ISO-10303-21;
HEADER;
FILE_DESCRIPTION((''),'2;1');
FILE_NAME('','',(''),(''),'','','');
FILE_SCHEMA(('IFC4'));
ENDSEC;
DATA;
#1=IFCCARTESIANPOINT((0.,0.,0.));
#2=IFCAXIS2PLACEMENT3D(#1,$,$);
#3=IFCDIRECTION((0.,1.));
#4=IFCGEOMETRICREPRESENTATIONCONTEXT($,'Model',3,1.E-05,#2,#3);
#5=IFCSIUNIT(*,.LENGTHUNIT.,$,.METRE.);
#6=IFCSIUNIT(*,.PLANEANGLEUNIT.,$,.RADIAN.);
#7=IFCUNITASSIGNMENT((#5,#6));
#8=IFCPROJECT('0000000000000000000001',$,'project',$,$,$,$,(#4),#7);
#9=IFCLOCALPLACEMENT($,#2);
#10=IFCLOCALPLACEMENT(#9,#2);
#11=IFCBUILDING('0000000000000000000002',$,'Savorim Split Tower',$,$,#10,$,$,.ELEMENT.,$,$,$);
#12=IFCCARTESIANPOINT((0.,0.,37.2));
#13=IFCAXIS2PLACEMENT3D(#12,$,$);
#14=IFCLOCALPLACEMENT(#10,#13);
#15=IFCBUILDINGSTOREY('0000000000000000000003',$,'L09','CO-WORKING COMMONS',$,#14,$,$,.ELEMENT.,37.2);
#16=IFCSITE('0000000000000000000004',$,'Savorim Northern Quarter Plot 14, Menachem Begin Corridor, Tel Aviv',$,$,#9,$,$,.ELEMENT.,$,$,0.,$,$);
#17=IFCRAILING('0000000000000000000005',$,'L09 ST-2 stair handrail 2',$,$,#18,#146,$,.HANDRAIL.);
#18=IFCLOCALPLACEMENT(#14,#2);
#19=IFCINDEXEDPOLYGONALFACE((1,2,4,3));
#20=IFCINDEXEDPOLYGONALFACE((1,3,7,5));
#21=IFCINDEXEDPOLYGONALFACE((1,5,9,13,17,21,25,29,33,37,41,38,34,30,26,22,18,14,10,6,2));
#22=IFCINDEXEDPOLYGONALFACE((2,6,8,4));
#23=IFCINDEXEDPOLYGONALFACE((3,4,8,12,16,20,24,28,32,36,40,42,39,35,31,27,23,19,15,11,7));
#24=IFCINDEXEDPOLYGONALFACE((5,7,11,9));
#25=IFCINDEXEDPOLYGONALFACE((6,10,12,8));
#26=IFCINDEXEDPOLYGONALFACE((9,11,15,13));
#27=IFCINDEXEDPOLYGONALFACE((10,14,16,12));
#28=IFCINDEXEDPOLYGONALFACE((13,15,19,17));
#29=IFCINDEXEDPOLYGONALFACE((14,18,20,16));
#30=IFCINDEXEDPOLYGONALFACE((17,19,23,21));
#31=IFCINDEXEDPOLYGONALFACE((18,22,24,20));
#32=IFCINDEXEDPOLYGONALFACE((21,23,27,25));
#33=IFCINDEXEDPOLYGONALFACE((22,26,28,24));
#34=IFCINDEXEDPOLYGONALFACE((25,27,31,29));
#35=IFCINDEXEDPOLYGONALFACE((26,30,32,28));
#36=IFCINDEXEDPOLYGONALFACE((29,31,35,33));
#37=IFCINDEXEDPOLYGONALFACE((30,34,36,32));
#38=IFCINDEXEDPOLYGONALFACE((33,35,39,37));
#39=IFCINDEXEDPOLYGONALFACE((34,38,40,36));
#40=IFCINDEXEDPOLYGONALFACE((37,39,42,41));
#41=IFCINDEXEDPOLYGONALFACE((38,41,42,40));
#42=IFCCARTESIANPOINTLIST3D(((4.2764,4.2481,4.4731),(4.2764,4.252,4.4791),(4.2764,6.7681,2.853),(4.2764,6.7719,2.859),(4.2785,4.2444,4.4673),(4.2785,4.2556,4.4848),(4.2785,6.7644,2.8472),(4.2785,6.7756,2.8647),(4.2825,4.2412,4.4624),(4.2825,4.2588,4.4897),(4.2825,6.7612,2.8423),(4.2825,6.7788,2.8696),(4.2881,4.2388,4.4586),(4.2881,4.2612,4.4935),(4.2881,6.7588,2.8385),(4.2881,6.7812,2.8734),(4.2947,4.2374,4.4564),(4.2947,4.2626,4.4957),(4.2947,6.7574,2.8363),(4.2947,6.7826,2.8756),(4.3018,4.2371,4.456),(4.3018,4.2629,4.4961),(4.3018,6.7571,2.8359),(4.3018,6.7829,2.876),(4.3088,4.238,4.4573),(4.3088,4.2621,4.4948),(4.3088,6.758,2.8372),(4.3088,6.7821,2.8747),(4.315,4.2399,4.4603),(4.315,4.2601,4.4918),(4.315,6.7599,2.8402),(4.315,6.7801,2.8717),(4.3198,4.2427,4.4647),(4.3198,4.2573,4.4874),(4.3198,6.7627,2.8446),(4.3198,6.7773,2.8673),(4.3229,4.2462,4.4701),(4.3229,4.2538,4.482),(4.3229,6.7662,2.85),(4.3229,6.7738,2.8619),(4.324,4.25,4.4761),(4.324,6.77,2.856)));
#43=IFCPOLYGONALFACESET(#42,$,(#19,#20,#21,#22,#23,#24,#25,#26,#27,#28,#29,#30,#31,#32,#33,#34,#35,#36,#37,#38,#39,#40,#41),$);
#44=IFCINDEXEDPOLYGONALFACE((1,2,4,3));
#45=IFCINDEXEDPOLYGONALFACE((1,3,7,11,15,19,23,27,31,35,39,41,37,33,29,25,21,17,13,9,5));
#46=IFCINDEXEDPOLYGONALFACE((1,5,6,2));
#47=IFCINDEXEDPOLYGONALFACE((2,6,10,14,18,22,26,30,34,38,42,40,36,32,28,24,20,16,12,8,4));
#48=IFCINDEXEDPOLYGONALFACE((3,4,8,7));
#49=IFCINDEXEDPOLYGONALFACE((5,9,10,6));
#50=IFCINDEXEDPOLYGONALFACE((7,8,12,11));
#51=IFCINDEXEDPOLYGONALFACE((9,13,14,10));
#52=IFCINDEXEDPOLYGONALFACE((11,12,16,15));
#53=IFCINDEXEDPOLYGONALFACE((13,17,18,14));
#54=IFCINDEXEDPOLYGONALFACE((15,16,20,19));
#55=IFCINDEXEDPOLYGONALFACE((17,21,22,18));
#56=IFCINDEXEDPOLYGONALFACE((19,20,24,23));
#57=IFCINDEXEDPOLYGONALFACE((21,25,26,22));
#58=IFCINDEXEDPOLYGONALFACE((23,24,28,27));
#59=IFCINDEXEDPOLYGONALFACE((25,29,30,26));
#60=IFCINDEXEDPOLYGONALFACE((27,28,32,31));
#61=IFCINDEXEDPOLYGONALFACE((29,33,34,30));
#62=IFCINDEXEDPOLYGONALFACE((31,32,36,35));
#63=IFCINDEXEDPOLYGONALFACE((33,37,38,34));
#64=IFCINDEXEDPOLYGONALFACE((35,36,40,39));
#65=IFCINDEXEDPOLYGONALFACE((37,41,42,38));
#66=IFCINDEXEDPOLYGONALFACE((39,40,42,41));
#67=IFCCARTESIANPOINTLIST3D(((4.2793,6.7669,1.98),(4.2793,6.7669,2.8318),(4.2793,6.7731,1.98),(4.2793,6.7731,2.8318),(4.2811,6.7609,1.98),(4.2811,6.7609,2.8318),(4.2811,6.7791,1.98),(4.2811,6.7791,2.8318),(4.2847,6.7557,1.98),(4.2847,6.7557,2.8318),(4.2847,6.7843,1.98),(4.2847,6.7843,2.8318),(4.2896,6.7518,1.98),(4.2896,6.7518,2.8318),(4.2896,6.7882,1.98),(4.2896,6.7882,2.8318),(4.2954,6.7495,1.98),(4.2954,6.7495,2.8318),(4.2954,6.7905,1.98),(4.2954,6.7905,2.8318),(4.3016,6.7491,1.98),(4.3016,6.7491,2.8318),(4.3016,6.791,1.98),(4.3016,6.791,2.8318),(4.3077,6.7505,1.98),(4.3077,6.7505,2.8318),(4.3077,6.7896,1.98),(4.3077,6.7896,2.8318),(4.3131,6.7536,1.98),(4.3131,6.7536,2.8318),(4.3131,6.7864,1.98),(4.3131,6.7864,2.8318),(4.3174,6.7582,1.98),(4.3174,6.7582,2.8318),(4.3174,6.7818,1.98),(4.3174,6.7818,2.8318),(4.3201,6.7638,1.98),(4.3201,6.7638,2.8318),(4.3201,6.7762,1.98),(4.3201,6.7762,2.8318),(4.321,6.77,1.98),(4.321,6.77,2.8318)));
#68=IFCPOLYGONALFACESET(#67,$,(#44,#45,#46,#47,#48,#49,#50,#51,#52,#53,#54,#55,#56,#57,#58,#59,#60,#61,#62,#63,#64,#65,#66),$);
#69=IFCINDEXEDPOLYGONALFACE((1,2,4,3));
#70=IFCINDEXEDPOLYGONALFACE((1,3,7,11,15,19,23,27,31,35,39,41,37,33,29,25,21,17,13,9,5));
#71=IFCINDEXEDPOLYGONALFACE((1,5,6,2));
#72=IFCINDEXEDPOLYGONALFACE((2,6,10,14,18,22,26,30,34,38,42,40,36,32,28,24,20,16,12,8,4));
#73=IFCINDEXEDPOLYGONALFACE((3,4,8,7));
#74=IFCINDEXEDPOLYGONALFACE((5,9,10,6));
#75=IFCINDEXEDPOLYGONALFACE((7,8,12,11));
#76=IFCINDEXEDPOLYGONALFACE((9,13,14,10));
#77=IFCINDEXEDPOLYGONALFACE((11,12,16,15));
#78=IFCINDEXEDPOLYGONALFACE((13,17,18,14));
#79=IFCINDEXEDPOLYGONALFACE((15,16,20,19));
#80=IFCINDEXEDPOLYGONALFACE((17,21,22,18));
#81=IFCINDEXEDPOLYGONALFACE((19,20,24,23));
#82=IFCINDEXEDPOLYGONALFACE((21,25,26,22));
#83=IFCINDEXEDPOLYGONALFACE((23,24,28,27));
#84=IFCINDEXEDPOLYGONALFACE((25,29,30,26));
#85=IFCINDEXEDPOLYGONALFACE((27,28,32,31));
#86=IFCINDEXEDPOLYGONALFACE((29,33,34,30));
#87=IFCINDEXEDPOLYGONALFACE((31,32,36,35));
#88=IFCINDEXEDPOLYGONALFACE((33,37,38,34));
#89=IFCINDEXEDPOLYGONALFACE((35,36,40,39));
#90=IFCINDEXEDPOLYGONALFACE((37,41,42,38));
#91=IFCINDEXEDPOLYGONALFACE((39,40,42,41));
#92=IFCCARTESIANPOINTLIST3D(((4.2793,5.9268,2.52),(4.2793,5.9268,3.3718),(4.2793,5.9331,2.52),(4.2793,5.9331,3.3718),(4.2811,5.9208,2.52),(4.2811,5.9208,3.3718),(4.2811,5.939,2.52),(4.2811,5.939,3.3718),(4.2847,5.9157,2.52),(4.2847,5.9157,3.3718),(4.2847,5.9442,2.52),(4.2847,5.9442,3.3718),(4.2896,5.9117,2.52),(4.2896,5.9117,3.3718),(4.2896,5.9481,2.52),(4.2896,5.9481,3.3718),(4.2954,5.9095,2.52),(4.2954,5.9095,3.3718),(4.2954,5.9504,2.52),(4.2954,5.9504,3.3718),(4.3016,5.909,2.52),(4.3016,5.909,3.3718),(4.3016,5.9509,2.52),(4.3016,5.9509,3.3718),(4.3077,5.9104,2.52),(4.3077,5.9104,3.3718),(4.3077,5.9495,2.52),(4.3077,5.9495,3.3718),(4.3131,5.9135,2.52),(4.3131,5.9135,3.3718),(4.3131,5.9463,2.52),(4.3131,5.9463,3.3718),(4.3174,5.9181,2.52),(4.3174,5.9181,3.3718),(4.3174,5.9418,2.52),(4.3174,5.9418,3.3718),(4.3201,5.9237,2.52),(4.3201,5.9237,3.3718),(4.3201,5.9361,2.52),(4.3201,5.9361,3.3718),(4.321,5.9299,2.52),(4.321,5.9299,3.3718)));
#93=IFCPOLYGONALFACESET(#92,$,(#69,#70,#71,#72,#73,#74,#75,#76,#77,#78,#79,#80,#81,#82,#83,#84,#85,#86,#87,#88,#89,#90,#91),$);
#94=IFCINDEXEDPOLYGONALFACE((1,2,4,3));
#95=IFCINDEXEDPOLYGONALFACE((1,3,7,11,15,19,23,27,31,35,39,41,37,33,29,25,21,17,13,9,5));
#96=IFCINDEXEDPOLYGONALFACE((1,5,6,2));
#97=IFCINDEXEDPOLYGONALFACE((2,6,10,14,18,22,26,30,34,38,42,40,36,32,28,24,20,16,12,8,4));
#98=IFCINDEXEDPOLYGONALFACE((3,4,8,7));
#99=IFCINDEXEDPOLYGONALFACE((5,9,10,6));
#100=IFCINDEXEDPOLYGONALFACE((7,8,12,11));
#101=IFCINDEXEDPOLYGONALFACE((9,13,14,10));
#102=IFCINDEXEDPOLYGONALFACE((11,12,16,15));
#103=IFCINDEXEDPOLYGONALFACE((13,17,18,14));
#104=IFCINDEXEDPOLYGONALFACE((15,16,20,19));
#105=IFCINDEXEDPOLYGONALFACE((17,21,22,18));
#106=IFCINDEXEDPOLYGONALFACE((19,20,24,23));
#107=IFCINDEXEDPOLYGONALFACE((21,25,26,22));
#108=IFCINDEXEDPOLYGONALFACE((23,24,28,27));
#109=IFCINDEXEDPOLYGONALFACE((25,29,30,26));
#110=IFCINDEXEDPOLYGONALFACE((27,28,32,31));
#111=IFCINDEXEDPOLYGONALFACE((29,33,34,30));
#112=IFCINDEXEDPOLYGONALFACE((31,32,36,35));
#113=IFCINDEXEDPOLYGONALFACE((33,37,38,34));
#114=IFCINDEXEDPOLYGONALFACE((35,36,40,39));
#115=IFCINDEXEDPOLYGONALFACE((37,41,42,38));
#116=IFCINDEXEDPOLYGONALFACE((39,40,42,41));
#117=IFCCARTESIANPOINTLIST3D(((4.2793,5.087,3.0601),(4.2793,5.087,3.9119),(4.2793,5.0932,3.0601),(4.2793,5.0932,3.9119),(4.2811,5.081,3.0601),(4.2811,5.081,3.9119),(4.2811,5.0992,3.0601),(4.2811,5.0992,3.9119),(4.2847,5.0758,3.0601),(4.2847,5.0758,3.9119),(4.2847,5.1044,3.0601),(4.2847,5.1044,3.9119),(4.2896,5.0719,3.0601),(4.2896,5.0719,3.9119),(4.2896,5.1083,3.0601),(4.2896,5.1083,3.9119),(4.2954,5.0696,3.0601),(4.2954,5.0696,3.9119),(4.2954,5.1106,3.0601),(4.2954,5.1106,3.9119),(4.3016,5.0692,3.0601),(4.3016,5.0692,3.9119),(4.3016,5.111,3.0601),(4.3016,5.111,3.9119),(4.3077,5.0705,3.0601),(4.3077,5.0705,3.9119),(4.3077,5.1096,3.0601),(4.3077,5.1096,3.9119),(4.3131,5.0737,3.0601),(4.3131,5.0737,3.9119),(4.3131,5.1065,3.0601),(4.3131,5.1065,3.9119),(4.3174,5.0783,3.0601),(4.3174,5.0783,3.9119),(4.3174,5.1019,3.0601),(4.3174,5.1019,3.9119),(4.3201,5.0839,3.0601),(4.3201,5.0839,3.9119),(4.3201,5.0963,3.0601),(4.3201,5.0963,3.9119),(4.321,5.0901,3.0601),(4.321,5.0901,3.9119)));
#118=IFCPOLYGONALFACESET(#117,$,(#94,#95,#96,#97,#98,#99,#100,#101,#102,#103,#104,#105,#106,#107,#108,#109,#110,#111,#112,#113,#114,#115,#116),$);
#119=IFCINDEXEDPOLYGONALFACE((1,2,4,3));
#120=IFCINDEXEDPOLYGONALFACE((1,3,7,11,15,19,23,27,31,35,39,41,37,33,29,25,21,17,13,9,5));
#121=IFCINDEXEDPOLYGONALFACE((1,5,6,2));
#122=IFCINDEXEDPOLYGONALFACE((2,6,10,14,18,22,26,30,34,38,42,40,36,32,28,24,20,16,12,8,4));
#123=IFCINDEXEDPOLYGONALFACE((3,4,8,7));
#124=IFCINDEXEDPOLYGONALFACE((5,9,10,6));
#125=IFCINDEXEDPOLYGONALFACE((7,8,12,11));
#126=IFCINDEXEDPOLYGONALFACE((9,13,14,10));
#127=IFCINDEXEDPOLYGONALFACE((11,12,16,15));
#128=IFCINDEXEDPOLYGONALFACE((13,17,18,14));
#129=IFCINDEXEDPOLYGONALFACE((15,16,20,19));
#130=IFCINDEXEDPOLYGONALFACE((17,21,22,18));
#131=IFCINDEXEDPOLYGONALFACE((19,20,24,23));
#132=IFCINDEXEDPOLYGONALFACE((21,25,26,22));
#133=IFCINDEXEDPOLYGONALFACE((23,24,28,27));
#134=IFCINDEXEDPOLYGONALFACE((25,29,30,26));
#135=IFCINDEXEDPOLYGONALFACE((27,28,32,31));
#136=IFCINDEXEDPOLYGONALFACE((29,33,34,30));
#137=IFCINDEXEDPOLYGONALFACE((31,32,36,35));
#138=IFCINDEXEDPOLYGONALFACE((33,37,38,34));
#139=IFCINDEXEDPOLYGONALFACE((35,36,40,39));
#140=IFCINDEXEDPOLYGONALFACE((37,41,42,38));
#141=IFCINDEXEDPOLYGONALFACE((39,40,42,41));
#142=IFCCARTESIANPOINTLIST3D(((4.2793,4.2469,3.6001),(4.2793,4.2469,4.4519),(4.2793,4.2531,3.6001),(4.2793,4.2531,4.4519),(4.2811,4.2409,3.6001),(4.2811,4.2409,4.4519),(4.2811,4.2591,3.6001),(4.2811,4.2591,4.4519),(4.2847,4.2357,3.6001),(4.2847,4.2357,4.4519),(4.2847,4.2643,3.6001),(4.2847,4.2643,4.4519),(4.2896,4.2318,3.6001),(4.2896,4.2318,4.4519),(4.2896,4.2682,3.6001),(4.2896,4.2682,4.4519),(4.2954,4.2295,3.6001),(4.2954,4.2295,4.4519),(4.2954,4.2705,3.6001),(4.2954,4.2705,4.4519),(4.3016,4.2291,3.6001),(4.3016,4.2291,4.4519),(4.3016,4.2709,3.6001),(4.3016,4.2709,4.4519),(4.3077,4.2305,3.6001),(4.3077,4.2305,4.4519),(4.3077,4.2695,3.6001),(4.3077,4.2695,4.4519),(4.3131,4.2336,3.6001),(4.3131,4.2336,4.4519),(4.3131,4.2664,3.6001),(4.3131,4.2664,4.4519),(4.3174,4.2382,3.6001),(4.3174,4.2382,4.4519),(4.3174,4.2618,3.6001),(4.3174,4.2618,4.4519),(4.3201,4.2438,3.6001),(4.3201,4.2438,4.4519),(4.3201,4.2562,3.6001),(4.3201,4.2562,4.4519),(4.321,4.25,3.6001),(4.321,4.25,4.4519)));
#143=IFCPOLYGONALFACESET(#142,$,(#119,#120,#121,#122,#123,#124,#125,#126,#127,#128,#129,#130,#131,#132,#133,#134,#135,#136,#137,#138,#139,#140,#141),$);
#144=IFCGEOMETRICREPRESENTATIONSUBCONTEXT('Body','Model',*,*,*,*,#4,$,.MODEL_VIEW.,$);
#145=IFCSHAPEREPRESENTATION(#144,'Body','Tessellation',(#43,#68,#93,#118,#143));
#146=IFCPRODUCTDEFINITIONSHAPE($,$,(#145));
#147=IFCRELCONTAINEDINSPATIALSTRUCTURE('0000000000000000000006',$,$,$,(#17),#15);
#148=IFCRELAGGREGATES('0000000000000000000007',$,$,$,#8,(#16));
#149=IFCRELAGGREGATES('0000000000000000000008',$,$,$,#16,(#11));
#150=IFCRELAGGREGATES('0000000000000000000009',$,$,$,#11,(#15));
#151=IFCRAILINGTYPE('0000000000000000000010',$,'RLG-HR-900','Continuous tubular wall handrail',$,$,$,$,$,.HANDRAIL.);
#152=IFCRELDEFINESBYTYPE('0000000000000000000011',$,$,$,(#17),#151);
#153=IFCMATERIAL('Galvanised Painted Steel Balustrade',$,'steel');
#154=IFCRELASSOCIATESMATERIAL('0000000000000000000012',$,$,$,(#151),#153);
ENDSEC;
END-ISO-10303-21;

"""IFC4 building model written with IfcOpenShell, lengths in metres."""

from ifc_helpers import new_model, si_unit, direction, frame, origin, origin_2d, place, context, subcontext, project, spatial, circle, extrude, material, type_object, element, save


model = new_model("IFC4")

# Units and contexts
model_context = context("Model", 3, precision=1e-05, world=origin(), true_north=direction((0.0, 1.0)))
body_context = subcontext(model_context, "Body", "Model", "MODEL_VIEW")
ifc_project = project(units=[si_unit("LENGTHUNIT", "METRE"), si_unit("PLANEANGLEUNIT", "RADIAN")], contexts=[model_context])

# Site, building, storey
site_placement = place(None, origin())
site = spatial("IfcSite", under=ifc_project, at=site_placement, Name="Savorim Northern Quarter Plot 14, Menachem Begin Corridor, Tel Aviv", CompositionType="ELEMENT", RefElevation=0.0)
building_placement = place(site_placement, origin())
building = spatial("IfcBuilding", under=site, at=building_placement, Name="Savorim Split Tower", CompositionType="ELEMENT")
storey_placement = place(building_placement, frame((0.0, 0.0, 37.2)))
storey = spatial("IfcBuildingStorey", under=building, at=storey_placement, Name="L09", Description="CO-WORKING COMMONS", CompositionType="ELEMENT", Elevation=37.2)

# Railing
ifc_material_1 = material(Name="Galvanised Painted Steel Balustrade", Category="steel")
railing_type_1 = type_object("IfcRailingType", Name="RLG-HR-900", Description="Continuous tubular wall handrail", PredefinedType="HANDRAIL", material=ifc_material_1)
railing_1_placement = place(storey_placement, frame((4.3, 6.77, 1.98)))
element("IfcRailing", 1, at=railing_1_placement, inside=storey, type_object=railing_type_1, Name="L09 ST-2 stair handrail 2", PredefinedType="HANDRAIL", context=body_context, shape_type="SweptSolid", body=[
    extrude(circle(Radius=0.0239, at=origin_2d()), frame((0.0, 0.0, 0.876), z_axis=(0.0, -0.841163, 0.540782), x_axis=(1.0, 0.0, 0.0)), (0.0, 0.0, 1.0), 2.9958),
    extrude(circle(Radius=0.021, at=origin_2d()), origin(), (0.0, 0.0, 1.0), 0.8518),
    extrude(circle(Radius=0.021, at=origin_2d()), frame((0.0, -0.8401, 0.54)), (0.0, 0.0, 1.0), 0.8518),
    extrude(circle(Radius=0.021, at=origin_2d()), frame((0.0, -1.6799, 1.0801)), (0.0, 0.0, 1.0), 0.8518),
    extrude(circle(Radius=0.021, at=origin_2d()), frame((0.0, -2.52, 1.6201)), (0.0, 0.0, 1.0), 0.8518),
])

save(model, "model.ifc")
